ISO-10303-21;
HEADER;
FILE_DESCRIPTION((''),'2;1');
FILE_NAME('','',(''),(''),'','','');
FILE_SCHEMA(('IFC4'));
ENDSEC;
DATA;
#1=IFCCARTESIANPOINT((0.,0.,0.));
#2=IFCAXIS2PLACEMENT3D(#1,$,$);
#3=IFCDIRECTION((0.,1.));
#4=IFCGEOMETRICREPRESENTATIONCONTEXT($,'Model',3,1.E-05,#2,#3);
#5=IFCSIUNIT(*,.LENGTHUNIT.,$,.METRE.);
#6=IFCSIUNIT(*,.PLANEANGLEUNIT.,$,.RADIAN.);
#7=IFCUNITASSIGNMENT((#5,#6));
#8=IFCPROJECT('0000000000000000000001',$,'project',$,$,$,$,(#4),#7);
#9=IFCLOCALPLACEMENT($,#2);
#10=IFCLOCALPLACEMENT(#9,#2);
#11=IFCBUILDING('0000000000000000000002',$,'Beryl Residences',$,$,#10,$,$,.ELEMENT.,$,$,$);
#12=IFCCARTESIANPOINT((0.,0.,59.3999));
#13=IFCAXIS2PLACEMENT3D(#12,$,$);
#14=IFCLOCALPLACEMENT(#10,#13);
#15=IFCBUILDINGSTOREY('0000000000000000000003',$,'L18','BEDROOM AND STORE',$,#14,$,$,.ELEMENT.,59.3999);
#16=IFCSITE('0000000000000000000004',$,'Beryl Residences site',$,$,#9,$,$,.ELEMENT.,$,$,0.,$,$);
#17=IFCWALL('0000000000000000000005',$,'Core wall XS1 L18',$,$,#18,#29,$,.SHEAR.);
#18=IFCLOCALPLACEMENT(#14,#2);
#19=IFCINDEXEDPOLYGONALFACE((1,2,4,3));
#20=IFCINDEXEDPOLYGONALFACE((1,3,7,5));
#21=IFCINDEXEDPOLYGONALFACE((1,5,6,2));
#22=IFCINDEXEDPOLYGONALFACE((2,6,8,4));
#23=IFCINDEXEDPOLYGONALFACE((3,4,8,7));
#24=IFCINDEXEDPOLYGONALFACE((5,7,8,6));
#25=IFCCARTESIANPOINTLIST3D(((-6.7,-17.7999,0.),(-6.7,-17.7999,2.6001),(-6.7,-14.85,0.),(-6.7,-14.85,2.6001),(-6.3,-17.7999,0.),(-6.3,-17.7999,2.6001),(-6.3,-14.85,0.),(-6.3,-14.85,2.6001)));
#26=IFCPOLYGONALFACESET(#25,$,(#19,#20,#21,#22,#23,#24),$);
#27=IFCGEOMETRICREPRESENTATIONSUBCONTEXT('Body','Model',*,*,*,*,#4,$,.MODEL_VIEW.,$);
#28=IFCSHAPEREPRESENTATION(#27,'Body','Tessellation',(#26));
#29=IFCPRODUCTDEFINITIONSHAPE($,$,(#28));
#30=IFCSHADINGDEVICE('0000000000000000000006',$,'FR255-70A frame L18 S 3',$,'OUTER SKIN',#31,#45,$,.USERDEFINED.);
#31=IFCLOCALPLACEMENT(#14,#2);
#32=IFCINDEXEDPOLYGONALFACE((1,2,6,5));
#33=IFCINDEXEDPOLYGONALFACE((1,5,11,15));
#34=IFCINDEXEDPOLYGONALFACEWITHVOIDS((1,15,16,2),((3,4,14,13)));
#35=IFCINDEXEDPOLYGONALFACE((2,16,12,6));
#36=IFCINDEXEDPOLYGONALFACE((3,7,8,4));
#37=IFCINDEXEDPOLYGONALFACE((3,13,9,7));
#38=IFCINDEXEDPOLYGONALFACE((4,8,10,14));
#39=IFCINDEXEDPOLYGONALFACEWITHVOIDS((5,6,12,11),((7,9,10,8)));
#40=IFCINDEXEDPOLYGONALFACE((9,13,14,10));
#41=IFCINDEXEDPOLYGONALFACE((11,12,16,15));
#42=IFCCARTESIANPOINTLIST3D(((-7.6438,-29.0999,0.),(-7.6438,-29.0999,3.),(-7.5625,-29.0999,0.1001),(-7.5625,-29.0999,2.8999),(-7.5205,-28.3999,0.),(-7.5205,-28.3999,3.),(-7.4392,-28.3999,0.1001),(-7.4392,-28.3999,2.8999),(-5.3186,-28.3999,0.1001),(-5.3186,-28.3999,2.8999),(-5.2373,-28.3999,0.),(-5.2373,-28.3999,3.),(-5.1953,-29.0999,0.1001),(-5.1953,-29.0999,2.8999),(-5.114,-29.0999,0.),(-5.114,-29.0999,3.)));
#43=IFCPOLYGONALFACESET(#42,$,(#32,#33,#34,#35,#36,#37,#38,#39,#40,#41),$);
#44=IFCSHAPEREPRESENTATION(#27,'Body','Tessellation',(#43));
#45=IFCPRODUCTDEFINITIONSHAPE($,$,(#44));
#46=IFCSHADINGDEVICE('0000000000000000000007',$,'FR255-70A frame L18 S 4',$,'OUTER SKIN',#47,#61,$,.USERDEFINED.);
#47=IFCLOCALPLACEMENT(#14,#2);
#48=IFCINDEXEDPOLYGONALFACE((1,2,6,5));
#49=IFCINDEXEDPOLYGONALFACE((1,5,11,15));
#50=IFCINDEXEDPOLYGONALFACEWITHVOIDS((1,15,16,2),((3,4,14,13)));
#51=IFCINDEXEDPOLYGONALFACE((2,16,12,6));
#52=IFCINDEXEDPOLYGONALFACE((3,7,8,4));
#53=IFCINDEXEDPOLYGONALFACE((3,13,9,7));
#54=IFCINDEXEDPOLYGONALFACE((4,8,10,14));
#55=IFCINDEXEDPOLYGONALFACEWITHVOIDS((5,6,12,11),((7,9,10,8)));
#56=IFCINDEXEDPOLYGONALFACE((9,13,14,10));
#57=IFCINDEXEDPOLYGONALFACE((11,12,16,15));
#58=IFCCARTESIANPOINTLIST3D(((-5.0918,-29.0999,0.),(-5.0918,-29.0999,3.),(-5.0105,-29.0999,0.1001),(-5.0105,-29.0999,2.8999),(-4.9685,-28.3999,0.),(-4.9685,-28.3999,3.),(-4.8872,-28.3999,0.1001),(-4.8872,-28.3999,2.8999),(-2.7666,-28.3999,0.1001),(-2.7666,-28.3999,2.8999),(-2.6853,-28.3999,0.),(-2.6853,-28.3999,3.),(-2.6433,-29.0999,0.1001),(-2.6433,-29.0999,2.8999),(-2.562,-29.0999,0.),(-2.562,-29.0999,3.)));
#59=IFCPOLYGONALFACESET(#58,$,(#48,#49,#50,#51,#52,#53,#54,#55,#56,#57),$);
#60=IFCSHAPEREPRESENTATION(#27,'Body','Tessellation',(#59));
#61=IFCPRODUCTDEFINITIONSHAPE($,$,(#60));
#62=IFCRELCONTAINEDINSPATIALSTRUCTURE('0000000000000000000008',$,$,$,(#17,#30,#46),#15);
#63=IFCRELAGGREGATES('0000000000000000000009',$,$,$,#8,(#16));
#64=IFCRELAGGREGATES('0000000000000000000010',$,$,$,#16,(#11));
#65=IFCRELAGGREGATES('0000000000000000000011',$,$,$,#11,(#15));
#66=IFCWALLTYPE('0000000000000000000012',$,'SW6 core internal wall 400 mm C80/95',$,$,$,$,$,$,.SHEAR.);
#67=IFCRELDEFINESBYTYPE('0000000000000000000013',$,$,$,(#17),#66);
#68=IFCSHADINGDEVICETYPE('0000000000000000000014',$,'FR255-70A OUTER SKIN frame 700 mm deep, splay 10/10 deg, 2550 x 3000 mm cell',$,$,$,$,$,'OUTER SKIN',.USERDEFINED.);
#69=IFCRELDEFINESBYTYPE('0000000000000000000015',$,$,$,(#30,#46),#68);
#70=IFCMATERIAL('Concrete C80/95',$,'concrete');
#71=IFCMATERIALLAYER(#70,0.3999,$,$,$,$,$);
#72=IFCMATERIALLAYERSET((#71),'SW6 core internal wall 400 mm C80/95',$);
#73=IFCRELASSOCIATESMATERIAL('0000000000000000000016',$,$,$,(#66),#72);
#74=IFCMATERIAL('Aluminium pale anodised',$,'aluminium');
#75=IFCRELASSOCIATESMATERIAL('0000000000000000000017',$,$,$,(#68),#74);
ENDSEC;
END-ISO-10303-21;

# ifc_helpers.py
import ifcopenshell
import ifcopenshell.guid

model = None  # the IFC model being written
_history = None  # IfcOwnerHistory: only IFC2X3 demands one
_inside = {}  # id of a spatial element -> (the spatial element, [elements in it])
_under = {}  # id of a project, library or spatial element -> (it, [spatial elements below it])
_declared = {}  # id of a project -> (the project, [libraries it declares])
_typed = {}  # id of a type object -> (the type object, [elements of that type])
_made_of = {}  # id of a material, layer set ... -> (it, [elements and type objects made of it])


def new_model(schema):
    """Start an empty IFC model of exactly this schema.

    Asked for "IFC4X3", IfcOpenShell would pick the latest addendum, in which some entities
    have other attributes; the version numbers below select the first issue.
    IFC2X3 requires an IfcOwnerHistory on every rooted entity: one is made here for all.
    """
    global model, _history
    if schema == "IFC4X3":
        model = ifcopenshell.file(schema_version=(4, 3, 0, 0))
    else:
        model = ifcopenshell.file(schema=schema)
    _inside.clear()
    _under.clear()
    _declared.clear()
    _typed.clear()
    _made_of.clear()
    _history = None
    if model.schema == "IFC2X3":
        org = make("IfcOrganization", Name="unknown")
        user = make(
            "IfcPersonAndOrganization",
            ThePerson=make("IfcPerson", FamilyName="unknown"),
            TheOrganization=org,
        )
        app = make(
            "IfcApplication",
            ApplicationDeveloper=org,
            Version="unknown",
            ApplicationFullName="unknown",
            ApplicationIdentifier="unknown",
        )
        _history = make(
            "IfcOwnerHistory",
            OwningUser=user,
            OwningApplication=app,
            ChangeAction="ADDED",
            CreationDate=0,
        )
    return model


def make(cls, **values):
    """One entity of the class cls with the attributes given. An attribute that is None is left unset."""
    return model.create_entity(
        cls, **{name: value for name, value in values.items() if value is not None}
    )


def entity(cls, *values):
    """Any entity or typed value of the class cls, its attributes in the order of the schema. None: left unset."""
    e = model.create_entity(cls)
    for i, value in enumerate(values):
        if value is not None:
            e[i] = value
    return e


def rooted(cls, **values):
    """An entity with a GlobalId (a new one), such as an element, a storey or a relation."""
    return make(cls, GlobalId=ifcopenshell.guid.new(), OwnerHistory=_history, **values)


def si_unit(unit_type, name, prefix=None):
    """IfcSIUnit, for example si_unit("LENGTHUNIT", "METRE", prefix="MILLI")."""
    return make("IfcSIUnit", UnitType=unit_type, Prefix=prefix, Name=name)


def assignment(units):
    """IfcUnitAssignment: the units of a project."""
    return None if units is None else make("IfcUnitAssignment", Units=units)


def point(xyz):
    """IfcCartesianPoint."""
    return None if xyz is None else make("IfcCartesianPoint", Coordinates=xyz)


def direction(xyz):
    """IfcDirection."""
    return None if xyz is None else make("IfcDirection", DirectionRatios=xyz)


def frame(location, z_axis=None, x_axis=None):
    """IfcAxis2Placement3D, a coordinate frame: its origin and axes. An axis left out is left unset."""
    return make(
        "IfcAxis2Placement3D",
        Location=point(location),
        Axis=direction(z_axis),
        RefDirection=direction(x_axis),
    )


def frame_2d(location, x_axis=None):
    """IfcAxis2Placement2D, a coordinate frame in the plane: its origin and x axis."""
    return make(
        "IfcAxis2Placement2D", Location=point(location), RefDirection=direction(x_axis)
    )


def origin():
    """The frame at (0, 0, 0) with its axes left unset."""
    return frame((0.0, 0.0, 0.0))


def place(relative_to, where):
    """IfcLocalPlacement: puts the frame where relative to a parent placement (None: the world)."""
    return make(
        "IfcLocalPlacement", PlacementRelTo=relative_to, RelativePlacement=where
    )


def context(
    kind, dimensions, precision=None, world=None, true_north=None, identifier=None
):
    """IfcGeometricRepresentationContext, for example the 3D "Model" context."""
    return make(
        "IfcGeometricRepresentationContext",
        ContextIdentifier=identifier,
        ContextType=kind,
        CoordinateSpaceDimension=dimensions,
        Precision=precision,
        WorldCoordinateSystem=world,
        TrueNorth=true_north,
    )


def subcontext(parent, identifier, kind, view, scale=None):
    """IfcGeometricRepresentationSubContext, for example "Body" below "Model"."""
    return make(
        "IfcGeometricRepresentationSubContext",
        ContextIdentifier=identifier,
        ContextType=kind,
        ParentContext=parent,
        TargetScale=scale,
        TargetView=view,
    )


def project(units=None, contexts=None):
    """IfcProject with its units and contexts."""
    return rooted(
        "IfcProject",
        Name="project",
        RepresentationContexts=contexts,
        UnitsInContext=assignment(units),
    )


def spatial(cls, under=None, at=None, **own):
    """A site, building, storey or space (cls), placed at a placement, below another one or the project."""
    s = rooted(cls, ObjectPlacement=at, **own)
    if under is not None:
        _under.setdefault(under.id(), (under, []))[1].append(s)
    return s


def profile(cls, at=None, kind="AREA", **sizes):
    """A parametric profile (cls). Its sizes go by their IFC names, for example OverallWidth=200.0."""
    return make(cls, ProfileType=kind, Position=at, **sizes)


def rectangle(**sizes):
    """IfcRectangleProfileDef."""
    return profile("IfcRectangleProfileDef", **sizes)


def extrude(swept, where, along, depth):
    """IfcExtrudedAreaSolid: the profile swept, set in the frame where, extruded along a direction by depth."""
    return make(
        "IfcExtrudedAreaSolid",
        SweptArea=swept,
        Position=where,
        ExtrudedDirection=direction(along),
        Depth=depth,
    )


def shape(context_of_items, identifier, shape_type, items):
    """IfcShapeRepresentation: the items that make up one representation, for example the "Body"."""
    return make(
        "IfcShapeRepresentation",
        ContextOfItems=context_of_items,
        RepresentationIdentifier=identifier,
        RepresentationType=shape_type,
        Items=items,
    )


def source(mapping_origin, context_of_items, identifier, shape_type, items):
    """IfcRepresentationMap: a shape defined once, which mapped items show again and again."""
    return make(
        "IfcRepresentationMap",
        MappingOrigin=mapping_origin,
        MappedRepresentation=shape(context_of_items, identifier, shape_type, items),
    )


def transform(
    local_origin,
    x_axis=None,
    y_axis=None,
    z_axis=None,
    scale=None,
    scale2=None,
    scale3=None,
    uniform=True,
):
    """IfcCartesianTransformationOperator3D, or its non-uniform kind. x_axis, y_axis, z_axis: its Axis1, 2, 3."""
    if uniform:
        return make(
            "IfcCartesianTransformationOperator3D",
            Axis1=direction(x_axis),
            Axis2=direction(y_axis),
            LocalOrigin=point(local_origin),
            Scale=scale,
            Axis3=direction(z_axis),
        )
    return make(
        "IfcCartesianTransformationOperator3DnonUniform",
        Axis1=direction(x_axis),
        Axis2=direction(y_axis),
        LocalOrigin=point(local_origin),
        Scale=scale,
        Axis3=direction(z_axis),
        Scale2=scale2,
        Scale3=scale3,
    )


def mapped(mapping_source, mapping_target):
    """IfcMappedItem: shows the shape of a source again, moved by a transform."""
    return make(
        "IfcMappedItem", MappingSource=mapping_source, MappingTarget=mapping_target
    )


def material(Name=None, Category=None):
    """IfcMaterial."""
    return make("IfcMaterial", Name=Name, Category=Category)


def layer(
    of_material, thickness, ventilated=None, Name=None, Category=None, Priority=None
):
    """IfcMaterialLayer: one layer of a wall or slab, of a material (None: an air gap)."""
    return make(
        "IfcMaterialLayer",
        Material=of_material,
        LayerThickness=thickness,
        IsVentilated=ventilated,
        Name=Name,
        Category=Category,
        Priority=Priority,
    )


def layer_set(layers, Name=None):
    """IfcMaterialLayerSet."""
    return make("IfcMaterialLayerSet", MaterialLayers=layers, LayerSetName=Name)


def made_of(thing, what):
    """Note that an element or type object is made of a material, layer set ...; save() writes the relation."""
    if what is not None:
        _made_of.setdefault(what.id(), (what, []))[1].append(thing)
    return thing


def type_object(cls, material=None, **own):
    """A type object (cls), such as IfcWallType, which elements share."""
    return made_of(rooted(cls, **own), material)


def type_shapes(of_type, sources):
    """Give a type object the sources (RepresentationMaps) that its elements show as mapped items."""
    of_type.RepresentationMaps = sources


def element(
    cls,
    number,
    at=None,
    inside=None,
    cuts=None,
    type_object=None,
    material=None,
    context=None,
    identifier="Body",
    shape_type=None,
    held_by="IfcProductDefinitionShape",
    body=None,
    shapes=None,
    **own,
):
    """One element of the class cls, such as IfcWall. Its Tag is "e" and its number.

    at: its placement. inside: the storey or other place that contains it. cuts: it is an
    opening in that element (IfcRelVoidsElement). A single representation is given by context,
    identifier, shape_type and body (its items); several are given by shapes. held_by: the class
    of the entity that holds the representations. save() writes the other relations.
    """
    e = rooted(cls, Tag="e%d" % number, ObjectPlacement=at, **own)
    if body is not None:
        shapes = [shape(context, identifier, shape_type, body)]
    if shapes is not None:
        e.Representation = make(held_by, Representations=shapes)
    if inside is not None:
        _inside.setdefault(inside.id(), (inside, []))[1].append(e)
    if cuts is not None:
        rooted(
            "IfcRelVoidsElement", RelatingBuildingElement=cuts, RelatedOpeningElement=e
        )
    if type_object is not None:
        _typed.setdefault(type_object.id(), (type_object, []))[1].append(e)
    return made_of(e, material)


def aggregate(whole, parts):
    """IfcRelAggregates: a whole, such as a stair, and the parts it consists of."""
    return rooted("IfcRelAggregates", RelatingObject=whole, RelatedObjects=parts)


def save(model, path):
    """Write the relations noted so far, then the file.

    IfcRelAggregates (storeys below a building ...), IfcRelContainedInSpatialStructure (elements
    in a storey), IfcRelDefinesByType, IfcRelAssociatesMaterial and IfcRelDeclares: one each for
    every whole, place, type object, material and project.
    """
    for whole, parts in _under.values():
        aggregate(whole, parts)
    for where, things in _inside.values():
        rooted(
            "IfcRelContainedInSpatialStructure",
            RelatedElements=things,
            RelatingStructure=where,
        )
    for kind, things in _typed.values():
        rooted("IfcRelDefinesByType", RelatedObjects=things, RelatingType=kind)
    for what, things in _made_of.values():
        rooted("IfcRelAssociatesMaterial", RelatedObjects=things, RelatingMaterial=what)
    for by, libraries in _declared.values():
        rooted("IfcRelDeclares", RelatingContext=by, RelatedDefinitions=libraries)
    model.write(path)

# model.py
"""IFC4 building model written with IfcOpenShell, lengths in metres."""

from ifc_helpers import new_model, entity, si_unit, direction, frame, frame_2d, origin, place, context, subcontext, project, spatial, rectangle, extrude, source, transform, mapped, material, layer, layer_set, type_object, type_shapes, element, save


model = new_model("IFC4")

# Units and contexts
model_context = context("Model", 3, precision=1e-05, world=origin(), true_north=direction((0.0, 1.0)))
body_context = subcontext(model_context, "Body", "Model", "MODEL_VIEW")
ifc_project = project(units=[si_unit("LENGTHUNIT", "METRE"), si_unit("PLANEANGLEUNIT", "RADIAN")], contexts=[model_context])

# Site, building, storey
site_placement = place(None, origin())
site = spatial("IfcSite", under=ifc_project, at=site_placement, Name="Beryl Residences site", CompositionType="ELEMENT", RefElevation=0.0)
building_placement = place(site_placement, origin())
building = spatial("IfcBuilding", under=site, at=building_placement, Name="Beryl Residences", CompositionType="ELEMENT")
storey_placement = place(building_placement, frame((0.0, 0.0, 59.3999)))
storey = spatial("IfcBuildingStorey", under=building, at=storey_placement, Name="L18", Description="BEDROOM AND STORE", CompositionType="ELEMENT", Elevation=59.3999)

# Wall
ifc_material_1 = material(Name="Concrete C80/95", Category="concrete")
ifc_layer_1 = layer(ifc_material_1, 0.3999)
ifc_layer_set_1 = layer_set([ifc_layer_1], Name="SW6 core internal wall 400 mm C80/95")
wall_type_1 = type_object("IfcWallType", Name="SW6 core internal wall 400 mm C80/95", PredefinedType="SHEAR", material=ifc_layer_set_1)
wall_1_placement = place(storey_placement, frame((-6.5, -17.8, 0.0), z_axis=(0.0, 0.0, 1.0), x_axis=(0.0, 1.0, 0.0)))
element("IfcWall", 1, at=wall_1_placement, inside=storey, type_object=wall_type_1, Name="Core wall XS1 L18", PredefinedType="SHEAR", context=body_context, shape_type="SweptSolid", body=[
    extrude(rectangle(XDim=2.95, YDim=0.3999, at=frame_2d((1.4751, 0.0))), origin(), (0.0, 0.0, 1.0), 2.6001),
])

# Shading devices
ifc_material_2 = material(Name="Aluminium pale anodised", Category="aluminium")
shading_device_type = type_object("IfcShadingDeviceType", Name="FR255-70A OUTER SKIN frame 700 mm deep, splay 10/10 deg, 2550 x 3000 mm cell", ElementType="OUTER SKIN", PredefinedType="USERDEFINED", material=ifc_material_2)
cartesian_point_1 = entity("IfcCartesianPoint", [-1.1416, 0.0])
cartesian_point_2 = entity("IfcCartesianPoint", [-1.0603, 0.1001])
cartesian_point_3 = entity("IfcCartesianPoint", [-1.2649, 0.0])
cartesian_point_4 = entity("IfcCartesianPoint", [-1.1836, 0.1001])
shared_shape = source(origin(), body_context, "Body", "SweptSolid", [
    entity("IfcExtrudedAreaSolidTapered", entity("IfcArbitraryProfileDefWithVoids", "AREA", None, entity("IfcPolyline", [cartesian_point_1, entity("IfcCartesianPoint", [1.1416, 0.0]), entity("IfcCartesianPoint", [1.1416, 3.0]), entity("IfcCartesianPoint", [-1.1416, 3.0]), cartesian_point_1]), [entity("IfcPolyline", [cartesian_point_2, entity("IfcCartesianPoint", [1.0603, 0.1001]), entity("IfcCartesianPoint", [1.0603, 2.8999]), entity("IfcCartesianPoint", [-1.0603, 2.8999]), cartesian_point_2])]), entity("IfcAxis2Placement3D", entity("IfcCartesianPoint", [0.0, 0.0, 0.0]), entity("IfcDirection", [0.0, 1.0, 0.0]), entity("IfcDirection", [-1.0, 0.0, 0.0])), entity("IfcDirection", [0.0, 0.0, 1.0]), 0.7, entity("IfcArbitraryProfileDefWithVoids", "AREA", None, entity("IfcPolyline", [cartesian_point_3, entity("IfcCartesianPoint", [1.2649, 0.0]), entity("IfcCartesianPoint", [1.2649, 3.0]), entity("IfcCartesianPoint", [-1.2649, 3.0]), cartesian_point_3]), [entity("IfcPolyline", [cartesian_point_4, entity("IfcCartesianPoint", [1.1836, 0.1001]), entity("IfcCartesianPoint", [1.1836, 2.8999]), entity("IfcCartesianPoint", [-1.1836, 2.8999]), cartesian_point_4])])),
])
type_shapes(shading_device_type, [shared_shape])
for number, where, z_axis, x_axis, name in (
    (2, (-6.3789, -28.3999, 0.0), (0.0, 0.0, 1.0), (-1.0, 0.0, 0.0), "FR255-70A frame L18 S 3"),
    (3, (-3.8269, -28.3999, 0.0), (0.0, 0.0, 1.0), (-1.0, 0.0, 0.0), "FR255-70A frame L18 S 4"),
):
    element("IfcShadingDevice", number, at=place(storey_placement, frame(where, z_axis=z_axis, x_axis=x_axis)), inside=storey, type_object=shading_device_type, Name=name, ObjectType="OUTER SKIN", PredefinedType="USERDEFINED", context=body_context, shape_type="MappedRepresentation", body=[
        mapped(shared_shape, transform((0.0, 0.0, 0.0))),
    ])

save(model, "model.ifc")
